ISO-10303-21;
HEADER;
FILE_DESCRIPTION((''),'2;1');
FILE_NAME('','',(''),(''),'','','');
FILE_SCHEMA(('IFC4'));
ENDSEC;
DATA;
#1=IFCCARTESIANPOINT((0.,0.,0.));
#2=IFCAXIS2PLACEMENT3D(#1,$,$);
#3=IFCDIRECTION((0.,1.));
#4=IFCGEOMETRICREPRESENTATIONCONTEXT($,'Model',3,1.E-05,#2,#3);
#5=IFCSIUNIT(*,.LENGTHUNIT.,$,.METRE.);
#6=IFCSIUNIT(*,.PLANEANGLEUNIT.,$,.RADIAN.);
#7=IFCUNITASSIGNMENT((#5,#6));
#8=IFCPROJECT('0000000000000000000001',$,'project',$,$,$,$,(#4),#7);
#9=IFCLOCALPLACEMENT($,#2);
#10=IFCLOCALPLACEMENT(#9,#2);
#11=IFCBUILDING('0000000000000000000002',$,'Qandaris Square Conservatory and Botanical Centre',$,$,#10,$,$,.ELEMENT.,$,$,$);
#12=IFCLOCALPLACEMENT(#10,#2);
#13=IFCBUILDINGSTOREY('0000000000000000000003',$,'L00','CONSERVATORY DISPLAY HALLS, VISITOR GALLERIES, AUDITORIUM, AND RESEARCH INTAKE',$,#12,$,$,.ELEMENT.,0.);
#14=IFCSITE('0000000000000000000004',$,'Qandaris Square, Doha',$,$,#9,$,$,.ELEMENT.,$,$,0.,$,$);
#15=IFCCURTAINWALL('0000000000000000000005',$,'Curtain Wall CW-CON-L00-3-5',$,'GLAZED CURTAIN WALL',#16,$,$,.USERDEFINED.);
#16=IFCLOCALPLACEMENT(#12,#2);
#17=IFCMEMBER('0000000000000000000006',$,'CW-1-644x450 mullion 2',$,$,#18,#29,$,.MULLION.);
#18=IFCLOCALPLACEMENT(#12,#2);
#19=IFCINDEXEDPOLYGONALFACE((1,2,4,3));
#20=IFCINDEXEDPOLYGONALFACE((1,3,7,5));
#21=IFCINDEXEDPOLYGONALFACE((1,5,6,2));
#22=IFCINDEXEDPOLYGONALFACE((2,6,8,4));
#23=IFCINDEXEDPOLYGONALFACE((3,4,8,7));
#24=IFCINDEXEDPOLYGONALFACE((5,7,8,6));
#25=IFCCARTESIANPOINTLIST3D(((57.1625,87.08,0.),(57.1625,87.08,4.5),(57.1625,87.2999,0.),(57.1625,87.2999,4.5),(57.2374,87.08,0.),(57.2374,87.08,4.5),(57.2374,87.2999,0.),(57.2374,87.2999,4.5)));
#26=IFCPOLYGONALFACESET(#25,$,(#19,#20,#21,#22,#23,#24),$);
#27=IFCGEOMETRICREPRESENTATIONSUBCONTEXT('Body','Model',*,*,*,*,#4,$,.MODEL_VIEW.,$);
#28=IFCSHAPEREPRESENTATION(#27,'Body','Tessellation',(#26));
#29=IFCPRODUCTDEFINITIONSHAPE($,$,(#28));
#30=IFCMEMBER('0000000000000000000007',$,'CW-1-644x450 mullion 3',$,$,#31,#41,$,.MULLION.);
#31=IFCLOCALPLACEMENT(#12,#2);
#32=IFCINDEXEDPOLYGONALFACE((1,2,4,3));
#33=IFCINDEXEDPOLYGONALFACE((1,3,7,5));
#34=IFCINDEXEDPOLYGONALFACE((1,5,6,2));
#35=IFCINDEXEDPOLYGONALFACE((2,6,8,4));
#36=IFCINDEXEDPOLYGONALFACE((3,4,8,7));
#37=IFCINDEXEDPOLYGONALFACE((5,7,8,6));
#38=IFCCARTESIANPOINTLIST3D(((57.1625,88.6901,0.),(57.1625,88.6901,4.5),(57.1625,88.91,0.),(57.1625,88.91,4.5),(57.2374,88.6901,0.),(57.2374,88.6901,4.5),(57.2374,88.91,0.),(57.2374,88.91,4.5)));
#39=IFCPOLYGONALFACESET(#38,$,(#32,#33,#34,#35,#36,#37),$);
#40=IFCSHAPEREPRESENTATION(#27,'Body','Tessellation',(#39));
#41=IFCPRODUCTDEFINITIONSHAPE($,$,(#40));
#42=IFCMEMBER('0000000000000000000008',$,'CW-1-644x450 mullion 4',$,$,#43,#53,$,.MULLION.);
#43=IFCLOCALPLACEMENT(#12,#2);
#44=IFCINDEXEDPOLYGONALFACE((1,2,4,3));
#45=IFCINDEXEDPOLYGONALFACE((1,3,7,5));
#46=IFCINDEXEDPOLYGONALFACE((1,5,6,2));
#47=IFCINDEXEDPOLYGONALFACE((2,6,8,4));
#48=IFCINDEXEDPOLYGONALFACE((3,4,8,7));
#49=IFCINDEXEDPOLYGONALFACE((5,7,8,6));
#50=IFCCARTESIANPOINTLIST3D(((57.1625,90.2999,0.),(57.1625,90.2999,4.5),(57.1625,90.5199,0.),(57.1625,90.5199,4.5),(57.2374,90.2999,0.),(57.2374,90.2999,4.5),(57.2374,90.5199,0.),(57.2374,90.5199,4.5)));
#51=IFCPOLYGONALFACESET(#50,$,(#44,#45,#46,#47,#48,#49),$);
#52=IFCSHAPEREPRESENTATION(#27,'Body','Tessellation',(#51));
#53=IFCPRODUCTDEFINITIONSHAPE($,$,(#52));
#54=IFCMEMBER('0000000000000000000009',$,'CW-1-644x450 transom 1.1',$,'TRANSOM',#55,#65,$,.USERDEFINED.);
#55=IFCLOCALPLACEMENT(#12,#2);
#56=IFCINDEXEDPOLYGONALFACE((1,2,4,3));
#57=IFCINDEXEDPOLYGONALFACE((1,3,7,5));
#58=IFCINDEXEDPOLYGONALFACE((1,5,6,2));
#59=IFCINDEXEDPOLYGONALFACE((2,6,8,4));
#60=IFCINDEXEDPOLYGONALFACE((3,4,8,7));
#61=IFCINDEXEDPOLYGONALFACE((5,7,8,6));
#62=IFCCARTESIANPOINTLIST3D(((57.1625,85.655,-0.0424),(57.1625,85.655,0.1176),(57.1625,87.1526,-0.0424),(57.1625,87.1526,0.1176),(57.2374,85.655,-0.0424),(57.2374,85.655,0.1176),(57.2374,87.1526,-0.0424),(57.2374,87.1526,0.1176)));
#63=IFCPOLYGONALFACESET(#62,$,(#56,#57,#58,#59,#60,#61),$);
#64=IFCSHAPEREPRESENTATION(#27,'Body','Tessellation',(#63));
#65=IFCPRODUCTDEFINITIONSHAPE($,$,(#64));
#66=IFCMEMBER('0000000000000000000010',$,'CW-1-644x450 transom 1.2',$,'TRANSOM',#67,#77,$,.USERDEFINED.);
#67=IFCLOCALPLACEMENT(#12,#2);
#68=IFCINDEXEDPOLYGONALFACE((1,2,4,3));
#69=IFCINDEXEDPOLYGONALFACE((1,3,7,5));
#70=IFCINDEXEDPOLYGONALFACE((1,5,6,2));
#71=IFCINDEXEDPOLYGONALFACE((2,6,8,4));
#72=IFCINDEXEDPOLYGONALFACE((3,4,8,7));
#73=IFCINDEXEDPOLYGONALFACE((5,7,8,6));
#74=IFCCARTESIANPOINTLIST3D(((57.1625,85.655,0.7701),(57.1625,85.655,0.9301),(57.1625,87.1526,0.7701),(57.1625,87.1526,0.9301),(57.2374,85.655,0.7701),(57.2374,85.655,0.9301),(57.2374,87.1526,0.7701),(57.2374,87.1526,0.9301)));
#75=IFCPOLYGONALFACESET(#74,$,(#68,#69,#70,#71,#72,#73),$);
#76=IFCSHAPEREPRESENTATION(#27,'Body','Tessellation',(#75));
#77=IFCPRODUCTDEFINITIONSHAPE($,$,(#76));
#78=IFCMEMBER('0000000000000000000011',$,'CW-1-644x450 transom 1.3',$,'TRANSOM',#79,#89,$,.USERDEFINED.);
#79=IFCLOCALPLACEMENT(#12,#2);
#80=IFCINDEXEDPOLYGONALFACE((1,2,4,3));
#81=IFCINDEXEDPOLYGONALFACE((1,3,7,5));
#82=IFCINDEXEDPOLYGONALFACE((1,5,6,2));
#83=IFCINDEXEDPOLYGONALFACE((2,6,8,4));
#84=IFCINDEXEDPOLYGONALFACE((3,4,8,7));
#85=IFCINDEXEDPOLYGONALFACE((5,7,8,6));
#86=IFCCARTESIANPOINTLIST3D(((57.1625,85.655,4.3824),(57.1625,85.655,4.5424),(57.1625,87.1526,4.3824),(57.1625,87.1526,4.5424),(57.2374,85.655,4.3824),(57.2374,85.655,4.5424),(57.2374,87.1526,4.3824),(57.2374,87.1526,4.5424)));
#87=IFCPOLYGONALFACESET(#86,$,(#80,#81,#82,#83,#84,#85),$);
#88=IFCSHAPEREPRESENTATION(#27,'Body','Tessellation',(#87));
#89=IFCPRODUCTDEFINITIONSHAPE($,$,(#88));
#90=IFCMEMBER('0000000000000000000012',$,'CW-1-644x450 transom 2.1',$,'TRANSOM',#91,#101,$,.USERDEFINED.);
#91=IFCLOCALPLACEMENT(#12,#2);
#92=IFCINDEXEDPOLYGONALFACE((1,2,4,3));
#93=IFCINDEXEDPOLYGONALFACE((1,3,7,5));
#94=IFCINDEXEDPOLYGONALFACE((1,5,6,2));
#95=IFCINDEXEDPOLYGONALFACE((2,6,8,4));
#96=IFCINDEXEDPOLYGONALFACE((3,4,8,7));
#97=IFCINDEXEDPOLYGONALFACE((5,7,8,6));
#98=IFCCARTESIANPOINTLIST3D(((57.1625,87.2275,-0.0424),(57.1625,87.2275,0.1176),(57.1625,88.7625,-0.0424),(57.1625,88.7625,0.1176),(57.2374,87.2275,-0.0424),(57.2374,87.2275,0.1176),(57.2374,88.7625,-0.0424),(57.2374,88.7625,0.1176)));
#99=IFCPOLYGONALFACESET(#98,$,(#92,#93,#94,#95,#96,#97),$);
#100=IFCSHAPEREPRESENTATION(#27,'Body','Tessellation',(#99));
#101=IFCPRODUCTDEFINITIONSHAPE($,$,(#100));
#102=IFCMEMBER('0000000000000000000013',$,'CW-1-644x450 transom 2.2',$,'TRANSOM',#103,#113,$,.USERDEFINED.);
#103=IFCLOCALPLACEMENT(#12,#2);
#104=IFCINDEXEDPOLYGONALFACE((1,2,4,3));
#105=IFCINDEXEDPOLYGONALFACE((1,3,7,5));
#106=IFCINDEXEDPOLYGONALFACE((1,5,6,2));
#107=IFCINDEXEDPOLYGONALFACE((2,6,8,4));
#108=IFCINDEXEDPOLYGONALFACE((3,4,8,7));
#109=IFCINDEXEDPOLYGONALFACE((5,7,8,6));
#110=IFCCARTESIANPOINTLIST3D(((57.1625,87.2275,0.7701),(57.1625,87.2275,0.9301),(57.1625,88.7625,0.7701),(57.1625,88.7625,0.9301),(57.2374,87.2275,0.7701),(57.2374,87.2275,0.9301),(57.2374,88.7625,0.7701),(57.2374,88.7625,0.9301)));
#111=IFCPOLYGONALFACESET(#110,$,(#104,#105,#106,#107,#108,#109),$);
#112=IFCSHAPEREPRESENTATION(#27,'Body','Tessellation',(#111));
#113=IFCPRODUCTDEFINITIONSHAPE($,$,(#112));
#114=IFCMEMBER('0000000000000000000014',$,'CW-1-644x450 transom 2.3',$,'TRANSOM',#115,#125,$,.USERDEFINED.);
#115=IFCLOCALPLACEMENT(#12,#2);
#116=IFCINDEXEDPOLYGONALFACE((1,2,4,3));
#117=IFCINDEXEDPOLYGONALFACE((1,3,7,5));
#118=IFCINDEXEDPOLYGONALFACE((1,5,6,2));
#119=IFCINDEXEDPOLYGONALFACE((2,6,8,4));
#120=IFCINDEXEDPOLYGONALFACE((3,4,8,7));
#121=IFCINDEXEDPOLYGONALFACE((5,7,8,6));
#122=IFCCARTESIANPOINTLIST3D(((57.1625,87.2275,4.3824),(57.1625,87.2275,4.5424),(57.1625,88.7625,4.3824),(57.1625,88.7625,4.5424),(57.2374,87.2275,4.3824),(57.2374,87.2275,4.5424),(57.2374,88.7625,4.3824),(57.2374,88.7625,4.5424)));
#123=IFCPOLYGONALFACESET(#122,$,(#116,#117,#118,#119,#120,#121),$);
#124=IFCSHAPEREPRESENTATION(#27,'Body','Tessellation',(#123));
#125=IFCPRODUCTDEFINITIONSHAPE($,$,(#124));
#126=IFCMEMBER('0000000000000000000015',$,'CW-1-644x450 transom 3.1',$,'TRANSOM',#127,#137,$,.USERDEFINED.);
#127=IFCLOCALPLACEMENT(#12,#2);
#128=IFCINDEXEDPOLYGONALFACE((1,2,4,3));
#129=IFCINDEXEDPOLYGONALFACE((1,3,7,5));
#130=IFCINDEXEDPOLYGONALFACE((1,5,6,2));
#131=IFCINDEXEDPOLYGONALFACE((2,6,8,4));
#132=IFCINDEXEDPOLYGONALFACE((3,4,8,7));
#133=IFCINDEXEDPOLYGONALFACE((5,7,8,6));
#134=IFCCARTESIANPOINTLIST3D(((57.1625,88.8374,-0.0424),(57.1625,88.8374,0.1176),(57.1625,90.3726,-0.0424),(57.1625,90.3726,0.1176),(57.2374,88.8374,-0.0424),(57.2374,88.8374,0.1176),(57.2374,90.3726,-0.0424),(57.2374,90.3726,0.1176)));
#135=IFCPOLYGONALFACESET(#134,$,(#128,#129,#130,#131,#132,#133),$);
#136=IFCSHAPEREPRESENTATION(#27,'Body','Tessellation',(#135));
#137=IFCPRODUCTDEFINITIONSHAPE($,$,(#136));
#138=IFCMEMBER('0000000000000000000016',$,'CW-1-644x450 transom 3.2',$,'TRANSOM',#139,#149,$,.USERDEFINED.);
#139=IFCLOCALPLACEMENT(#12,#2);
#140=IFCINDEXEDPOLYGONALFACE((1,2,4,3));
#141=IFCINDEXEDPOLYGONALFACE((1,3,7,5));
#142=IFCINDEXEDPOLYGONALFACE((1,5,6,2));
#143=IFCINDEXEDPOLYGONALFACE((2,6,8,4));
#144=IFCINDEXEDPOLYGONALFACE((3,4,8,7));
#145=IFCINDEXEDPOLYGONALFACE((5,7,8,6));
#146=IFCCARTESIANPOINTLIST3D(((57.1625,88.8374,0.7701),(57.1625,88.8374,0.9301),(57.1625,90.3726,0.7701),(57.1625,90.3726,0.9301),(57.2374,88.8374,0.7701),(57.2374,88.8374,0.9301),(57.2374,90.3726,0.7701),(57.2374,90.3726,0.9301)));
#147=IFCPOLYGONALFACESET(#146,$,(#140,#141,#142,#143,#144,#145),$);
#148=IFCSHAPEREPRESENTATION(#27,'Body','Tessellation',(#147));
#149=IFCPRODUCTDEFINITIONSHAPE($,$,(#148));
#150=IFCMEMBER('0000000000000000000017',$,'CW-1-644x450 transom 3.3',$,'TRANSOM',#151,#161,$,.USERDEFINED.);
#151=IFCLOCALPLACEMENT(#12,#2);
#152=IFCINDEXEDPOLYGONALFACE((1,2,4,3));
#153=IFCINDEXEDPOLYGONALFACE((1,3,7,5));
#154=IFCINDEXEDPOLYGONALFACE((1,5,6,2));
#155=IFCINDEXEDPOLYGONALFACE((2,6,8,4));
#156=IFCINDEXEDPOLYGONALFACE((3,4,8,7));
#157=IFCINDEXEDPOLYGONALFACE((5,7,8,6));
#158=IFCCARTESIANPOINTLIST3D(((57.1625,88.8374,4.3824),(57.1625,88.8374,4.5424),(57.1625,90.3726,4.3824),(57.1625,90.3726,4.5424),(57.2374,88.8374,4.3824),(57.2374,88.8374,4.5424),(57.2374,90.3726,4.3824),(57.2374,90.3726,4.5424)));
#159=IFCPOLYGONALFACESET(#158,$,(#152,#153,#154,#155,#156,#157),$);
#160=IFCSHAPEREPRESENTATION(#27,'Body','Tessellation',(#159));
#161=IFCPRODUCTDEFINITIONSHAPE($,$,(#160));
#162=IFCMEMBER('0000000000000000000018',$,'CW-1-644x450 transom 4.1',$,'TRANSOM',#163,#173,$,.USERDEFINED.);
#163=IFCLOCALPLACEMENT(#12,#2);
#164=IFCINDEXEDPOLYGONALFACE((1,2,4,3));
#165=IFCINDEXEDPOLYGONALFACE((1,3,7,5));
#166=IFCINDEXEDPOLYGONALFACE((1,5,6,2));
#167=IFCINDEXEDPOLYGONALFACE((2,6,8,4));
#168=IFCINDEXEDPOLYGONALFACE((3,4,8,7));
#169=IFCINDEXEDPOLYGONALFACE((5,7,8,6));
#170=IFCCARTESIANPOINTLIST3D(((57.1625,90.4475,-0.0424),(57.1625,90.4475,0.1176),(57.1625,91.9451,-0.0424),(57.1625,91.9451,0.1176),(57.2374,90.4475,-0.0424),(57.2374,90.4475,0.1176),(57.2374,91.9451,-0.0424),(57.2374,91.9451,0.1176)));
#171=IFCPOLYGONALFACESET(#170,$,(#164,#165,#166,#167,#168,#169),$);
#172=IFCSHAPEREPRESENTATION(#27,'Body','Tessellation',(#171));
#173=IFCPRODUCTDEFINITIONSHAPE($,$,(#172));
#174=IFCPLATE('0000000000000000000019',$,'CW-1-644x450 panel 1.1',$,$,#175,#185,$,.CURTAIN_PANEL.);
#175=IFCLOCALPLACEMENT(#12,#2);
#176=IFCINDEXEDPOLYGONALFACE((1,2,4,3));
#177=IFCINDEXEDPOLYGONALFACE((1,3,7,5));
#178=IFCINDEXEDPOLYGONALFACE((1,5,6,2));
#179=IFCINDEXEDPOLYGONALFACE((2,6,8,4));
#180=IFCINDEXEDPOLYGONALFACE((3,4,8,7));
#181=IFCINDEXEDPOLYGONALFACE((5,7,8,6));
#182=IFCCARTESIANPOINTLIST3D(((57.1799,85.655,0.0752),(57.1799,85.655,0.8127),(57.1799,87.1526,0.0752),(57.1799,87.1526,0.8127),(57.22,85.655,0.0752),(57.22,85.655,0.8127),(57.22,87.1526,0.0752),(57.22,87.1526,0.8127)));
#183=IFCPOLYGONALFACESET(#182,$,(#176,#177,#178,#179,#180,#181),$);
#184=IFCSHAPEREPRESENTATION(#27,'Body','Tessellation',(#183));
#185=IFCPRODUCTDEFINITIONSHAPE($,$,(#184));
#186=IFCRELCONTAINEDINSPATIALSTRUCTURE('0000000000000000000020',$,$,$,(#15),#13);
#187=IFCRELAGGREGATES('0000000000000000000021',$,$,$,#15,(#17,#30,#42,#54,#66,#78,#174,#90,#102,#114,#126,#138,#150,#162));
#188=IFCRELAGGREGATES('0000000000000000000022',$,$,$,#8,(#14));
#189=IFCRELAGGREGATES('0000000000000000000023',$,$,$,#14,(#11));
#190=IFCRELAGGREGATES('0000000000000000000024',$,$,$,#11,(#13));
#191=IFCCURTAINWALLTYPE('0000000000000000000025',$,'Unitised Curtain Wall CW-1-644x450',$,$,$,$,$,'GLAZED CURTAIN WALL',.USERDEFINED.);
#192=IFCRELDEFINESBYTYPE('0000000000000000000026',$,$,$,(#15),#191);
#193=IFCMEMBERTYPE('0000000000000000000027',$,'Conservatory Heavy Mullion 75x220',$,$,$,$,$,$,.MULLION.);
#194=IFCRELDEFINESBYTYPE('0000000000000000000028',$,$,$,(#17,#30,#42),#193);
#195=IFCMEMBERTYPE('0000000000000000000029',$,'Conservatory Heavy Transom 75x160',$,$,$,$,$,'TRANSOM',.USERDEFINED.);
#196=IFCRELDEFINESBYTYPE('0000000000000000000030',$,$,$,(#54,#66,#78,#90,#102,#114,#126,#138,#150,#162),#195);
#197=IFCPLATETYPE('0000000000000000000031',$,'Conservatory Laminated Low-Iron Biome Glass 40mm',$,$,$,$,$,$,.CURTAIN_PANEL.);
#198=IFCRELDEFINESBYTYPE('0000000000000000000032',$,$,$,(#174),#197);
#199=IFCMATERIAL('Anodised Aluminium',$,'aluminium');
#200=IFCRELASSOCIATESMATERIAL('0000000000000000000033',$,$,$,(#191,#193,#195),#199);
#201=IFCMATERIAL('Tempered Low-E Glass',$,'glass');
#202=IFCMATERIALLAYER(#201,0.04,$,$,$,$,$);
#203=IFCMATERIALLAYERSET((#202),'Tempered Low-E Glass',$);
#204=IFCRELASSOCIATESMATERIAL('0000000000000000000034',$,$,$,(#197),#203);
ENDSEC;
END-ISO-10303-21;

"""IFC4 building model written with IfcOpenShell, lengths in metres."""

from ifc_helpers import new_model, si_unit, direction, frame, origin, origin_2d, place, context, subcontext, project, spatial, rectangle, extrude, material, layer, layer_set, material_profile, profile_set, type_object, element, aggregate, save


model = new_model("IFC4")

# Units and contexts
model_context = context("Model", 3, precision=1e-05, world=origin(), true_north=direction((0.0, 1.0)))
body_context = subcontext(model_context, "Body", "Model", "MODEL_VIEW")
ifc_project = project(units=[si_unit("LENGTHUNIT", "METRE"), si_unit("PLANEANGLEUNIT", "RADIAN")], contexts=[model_context])

# Site, building, storey
site_placement = place(None, origin())
site = spatial("IfcSite", under=ifc_project, at=site_placement, Name="Qandaris Square, Doha", CompositionType="ELEMENT", RefElevation=0.0)
building_placement = place(site_placement, origin())
building = spatial("IfcBuilding", under=site, at=building_placement, Name="Qandaris Square Conservatory and Botanical Centre", CompositionType="ELEMENT")
storey_placement = place(building_placement, origin())
storey = spatial("IfcBuildingStorey", under=building, at=storey_placement, Name="L00", Description="CONSERVATORY DISPLAY HALLS, VISITOR GALLERIES, AUDITORIUM, AND RESEARCH INTAKE", CompositionType="ELEMENT", Elevation=0.0)

# Curtain wall, members, plate
ifc_material_1 = material(Name="Anodised Aluminium", Category="aluminium")
curtain_wall_type = type_object("IfcCurtainWallType", Name="Unitised Curtain Wall CW-1-644x450", ElementType="GLAZED CURTAIN WALL", PredefinedType="USERDEFINED", material=ifc_material_1)
curtain_wall_placement = place(storey_placement, origin())
curtain_wall = element("IfcCurtainWall", 1, at=curtain_wall_placement, inside=storey, type_object=curtain_wall_type, Name="Curtain Wall CW-CON-L00-3-5", ObjectType="GLAZED CURTAIN WALL", PredefinedType="USERDEFINED")
ifc_material_profile_1 = material_profile(ifc_material_1, rectangle(XDim=0.075, YDim=0.22, at=origin_2d()), Name="ALU-MUL 75x220")
ifc_profile_set_1 = profile_set([ifc_material_profile_1], Name="Anodised Aluminium")
member_type_1 = type_object("IfcMemberType", Name="Conservatory Heavy Mullion 75x220", PredefinedType="MULLION", material=ifc_profile_set_1)
member_1_placement = place(storey_placement, frame((57.2, 87.1899, 0.0), z_axis=(0.0, 0.0, 1.0), x_axis=(-1.0, 0.0, 0.0)))
member_1 = element("IfcMember", 2, at=member_1_placement, type_object=member_type_1, Name="CW-1-644x450 mullion 2", PredefinedType="MULLION", context=body_context, shape_type="SweptSolid", body=[
    extrude(rectangle(XDim=0.075, YDim=0.22, at=origin_2d()), origin(), (0.0, 0.0, 1.0), 4.5),
])
member_2_placement = place(storey_placement, frame((57.2, 88.8, 0.0), z_axis=(0.0, 0.0, 1.0), x_axis=(-1.0, 0.0, 0.0)))
member_2 = element("IfcMember", 3, at=member_2_placement, type_object=member_type_1, Name="CW-1-644x450 mullion 3", PredefinedType="MULLION", context=body_context, shape_type="SweptSolid", body=[
    extrude(rectangle(XDim=0.075, YDim=0.22, at=origin_2d()), origin(), (0.0, 0.0, 1.0), 4.5),
])
member_3_placement = place(storey_placement, frame((57.2, 90.4099, 0.0), z_axis=(0.0, 0.0, 1.0), x_axis=(-1.0, 0.0, 0.0)))
member_3 = element("IfcMember", 4, at=member_3_placement, type_object=member_type_1, Name="CW-1-644x450 mullion 4", PredefinedType="MULLION", context=body_context, shape_type="SweptSolid", body=[
    extrude(rectangle(XDim=0.075, YDim=0.22, at=origin_2d()), origin(), (0.0, 0.0, 1.0), 4.5),
])
ifc_material_profile_2 = material_profile(ifc_material_1, rectangle(XDim=0.075, YDim=0.1599, at=origin_2d()), Name="ALU-TRN 75x160")
ifc_profile_set_2 = profile_set([ifc_material_profile_2], Name="Anodised Aluminium")
member_type_2 = type_object("IfcMemberType", Name="Conservatory Heavy Transom 75x160", ElementType="TRANSOM", PredefinedType="USERDEFINED", material=ifc_profile_set_2)
member_4_placement = place(storey_placement, frame((57.2, 85.655, 0.0376), z_axis=(0.0, 1.0, 0.0), x_axis=(-1.0, 0.0, 0.0)))
member_4 = element("IfcMember", 5, at=member_4_placement, type_object=member_type_2, Name="CW-1-644x450 transom 1.1", ObjectType="TRANSOM", PredefinedType="USERDEFINED", context=body_context, shape_type="SweptSolid", body=[
    extrude(rectangle(XDim=0.075, YDim=0.1599, at=origin_2d()), origin(), (0.0, 0.0, 1.0), 1.4976),
])
member_5_placement = place(storey_placement, frame((57.2, 85.655, 0.8501), z_axis=(0.0, 1.0, 0.0), x_axis=(-1.0, 0.0, 0.0)))
member_5 = element("IfcMember", 6, at=member_5_placement, type_object=member_type_2, Name="CW-1-644x450 transom 1.2", ObjectType="TRANSOM", PredefinedType="USERDEFINED", context=body_context, shape_type="SweptSolid", body=[
    extrude(rectangle(XDim=0.075, YDim=0.1599, at=origin_2d()), origin(), (0.0, 0.0, 1.0), 1.4976),
])
member_6_placement = place(storey_placement, frame((57.2, 85.655, 4.4624), z_axis=(0.0, 1.0, 0.0), x_axis=(-1.0, 0.0, 0.0)))
member_6 = element("IfcMember", 7, at=member_6_placement, type_object=member_type_2, Name="CW-1-644x450 transom 1.3", ObjectType="TRANSOM", PredefinedType="USERDEFINED", context=body_context, shape_type="SweptSolid", body=[
    extrude(rectangle(XDim=0.075, YDim=0.1599, at=origin_2d()), origin(), (0.0, 0.0, 1.0), 1.4976),
])
member_7_placement = place(storey_placement, frame((57.2, 87.2275, 0.0376), z_axis=(0.0, 1.0, 0.0), x_axis=(-1.0, 0.0, 0.0)))
member_7 = element("IfcMember", 8, at=member_7_placement, type_object=member_type_2, Name="CW-1-644x450 transom 2.1", ObjectType="TRANSOM", PredefinedType="USERDEFINED", context=body_context, shape_type="SweptSolid", body=[
    extrude(rectangle(XDim=0.075, YDim=0.1599, at=origin_2d()), origin(), (0.0, 0.0, 1.0), 1.5349),
])
member_8_placement = place(storey_placement, frame((57.2, 87.2275, 0.8501), z_axis=(0.0, 1.0, 0.0), x_axis=(-1.0, 0.0, 0.0)))
member_8 = element("IfcMember", 9, at=member_8_placement, type_object=member_type_2, Name="CW-1-644x450 transom 2.2", ObjectType="TRANSOM", PredefinedType="USERDEFINED", context=body_context, shape_type="SweptSolid", body=[
    extrude(rectangle(XDim=0.075, YDim=0.1599, at=origin_2d()), origin(), (0.0, 0.0, 1.0), 1.5349),
])
member_9_placement = place(storey_placement, frame((57.2, 87.2275, 4.4624), z_axis=(0.0, 1.0, 0.0), x_axis=(-1.0, 0.0, 0.0)))
member_9 = element("IfcMember", 10, at=member_9_placement, type_object=member_type_2, Name="CW-1-644x450 transom 2.3", ObjectType="TRANSOM", PredefinedType="USERDEFINED", context=body_context, shape_type="SweptSolid", body=[
    extrude(rectangle(XDim=0.075, YDim=0.1599, at=origin_2d()), origin(), (0.0, 0.0, 1.0), 1.5349),
])
member_10_placement = place(storey_placement, frame((57.2, 88.8374, 0.0376), z_axis=(0.0, 1.0, 0.0), x_axis=(-1.0, 0.0, 0.0)))
member_10 = element("IfcMember", 11, at=member_10_placement, type_object=member_type_2, Name="CW-1-644x450 transom 3.1", ObjectType="TRANSOM", PredefinedType="USERDEFINED", context=body_context, shape_type="SweptSolid", body=[
    extrude(rectangle(XDim=0.075, YDim=0.1599, at=origin_2d()), origin(), (0.0, 0.0, 1.0), 1.5352),
])
member_11_placement = place(storey_placement, frame((57.2, 88.8374, 0.8501), z_axis=(0.0, 1.0, 0.0), x_axis=(-1.0, 0.0, 0.0)))
member_11 = element("IfcMember", 12, at=member_11_placement, type_object=member_type_2, Name="CW-1-644x450 transom 3.2", ObjectType="TRANSOM", PredefinedType="USERDEFINED", context=body_context, shape_type="SweptSolid", body=[
    extrude(rectangle(XDim=0.075, YDim=0.1599, at=origin_2d()), origin(), (0.0, 0.0, 1.0), 1.5352),
])
member_12_placement = place(storey_placement, frame((57.2, 88.8374, 4.4624), z_axis=(0.0, 1.0, 0.0), x_axis=(-1.0, 0.0, 0.0)))
member_12 = element("IfcMember", 13, at=member_12_placement, type_object=member_type_2, Name="CW-1-644x450 transom 3.3", ObjectType="TRANSOM", PredefinedType="USERDEFINED", context=body_context, shape_type="SweptSolid", body=[
    extrude(rectangle(XDim=0.075, YDim=0.1599, at=origin_2d()), origin(), (0.0, 0.0, 1.0), 1.5352),
])
member_13_placement = place(storey_placement, frame((57.2, 90.4475, 0.0376), z_axis=(0.0, 1.0, 0.0), x_axis=(-1.0, 0.0, 0.0)))
member_13 = element("IfcMember", 14, at=member_13_placement, type_object=member_type_2, Name="CW-1-644x450 transom 4.1", ObjectType="TRANSOM", PredefinedType="USERDEFINED", context=body_context, shape_type="SweptSolid", body=[
    extrude(rectangle(XDim=0.075, YDim=0.1599, at=origin_2d()), origin(), (0.0, 0.0, 1.0), 1.4976),
])
ifc_material_2 = material(Name="Tempered Low-E Glass", Category="glass")
ifc_layer = layer(ifc_material_2, 0.04)
ifc_layer_set = layer_set([ifc_layer], Name="Tempered Low-E Glass")
plate_type = type_object("IfcPlateType", Name="Conservatory Laminated Low-Iron Biome Glass 40mm", PredefinedType="CURTAIN_PANEL", material=ifc_layer_set)
plate_1_placement = place(storey_placement, frame((57.2, 86.4038, 0.0752), z_axis=(0.0, 0.0, 1.0), x_axis=(0.0, 1.0, 0.0)))
plate_1 = element("IfcPlate", 15, at=plate_1_placement, type_object=plate_type, Name="CW-1-644x450 panel 1.1", PredefinedType="CURTAIN_PANEL", context=body_context, shape_type="SweptSolid", body=[
    extrude(rectangle(XDim=1.4976, YDim=0.04, at=origin_2d()), origin(), (0.0, 0.0, 1.0), 0.7375),
])
aggregate(curtain_wall, [member_1, member_2, member_3, member_4, member_5, member_6, plate_1, member_7, member_8, member_9, member_10, member_11, member_12, member_13])

save(model, "model.ifc")
